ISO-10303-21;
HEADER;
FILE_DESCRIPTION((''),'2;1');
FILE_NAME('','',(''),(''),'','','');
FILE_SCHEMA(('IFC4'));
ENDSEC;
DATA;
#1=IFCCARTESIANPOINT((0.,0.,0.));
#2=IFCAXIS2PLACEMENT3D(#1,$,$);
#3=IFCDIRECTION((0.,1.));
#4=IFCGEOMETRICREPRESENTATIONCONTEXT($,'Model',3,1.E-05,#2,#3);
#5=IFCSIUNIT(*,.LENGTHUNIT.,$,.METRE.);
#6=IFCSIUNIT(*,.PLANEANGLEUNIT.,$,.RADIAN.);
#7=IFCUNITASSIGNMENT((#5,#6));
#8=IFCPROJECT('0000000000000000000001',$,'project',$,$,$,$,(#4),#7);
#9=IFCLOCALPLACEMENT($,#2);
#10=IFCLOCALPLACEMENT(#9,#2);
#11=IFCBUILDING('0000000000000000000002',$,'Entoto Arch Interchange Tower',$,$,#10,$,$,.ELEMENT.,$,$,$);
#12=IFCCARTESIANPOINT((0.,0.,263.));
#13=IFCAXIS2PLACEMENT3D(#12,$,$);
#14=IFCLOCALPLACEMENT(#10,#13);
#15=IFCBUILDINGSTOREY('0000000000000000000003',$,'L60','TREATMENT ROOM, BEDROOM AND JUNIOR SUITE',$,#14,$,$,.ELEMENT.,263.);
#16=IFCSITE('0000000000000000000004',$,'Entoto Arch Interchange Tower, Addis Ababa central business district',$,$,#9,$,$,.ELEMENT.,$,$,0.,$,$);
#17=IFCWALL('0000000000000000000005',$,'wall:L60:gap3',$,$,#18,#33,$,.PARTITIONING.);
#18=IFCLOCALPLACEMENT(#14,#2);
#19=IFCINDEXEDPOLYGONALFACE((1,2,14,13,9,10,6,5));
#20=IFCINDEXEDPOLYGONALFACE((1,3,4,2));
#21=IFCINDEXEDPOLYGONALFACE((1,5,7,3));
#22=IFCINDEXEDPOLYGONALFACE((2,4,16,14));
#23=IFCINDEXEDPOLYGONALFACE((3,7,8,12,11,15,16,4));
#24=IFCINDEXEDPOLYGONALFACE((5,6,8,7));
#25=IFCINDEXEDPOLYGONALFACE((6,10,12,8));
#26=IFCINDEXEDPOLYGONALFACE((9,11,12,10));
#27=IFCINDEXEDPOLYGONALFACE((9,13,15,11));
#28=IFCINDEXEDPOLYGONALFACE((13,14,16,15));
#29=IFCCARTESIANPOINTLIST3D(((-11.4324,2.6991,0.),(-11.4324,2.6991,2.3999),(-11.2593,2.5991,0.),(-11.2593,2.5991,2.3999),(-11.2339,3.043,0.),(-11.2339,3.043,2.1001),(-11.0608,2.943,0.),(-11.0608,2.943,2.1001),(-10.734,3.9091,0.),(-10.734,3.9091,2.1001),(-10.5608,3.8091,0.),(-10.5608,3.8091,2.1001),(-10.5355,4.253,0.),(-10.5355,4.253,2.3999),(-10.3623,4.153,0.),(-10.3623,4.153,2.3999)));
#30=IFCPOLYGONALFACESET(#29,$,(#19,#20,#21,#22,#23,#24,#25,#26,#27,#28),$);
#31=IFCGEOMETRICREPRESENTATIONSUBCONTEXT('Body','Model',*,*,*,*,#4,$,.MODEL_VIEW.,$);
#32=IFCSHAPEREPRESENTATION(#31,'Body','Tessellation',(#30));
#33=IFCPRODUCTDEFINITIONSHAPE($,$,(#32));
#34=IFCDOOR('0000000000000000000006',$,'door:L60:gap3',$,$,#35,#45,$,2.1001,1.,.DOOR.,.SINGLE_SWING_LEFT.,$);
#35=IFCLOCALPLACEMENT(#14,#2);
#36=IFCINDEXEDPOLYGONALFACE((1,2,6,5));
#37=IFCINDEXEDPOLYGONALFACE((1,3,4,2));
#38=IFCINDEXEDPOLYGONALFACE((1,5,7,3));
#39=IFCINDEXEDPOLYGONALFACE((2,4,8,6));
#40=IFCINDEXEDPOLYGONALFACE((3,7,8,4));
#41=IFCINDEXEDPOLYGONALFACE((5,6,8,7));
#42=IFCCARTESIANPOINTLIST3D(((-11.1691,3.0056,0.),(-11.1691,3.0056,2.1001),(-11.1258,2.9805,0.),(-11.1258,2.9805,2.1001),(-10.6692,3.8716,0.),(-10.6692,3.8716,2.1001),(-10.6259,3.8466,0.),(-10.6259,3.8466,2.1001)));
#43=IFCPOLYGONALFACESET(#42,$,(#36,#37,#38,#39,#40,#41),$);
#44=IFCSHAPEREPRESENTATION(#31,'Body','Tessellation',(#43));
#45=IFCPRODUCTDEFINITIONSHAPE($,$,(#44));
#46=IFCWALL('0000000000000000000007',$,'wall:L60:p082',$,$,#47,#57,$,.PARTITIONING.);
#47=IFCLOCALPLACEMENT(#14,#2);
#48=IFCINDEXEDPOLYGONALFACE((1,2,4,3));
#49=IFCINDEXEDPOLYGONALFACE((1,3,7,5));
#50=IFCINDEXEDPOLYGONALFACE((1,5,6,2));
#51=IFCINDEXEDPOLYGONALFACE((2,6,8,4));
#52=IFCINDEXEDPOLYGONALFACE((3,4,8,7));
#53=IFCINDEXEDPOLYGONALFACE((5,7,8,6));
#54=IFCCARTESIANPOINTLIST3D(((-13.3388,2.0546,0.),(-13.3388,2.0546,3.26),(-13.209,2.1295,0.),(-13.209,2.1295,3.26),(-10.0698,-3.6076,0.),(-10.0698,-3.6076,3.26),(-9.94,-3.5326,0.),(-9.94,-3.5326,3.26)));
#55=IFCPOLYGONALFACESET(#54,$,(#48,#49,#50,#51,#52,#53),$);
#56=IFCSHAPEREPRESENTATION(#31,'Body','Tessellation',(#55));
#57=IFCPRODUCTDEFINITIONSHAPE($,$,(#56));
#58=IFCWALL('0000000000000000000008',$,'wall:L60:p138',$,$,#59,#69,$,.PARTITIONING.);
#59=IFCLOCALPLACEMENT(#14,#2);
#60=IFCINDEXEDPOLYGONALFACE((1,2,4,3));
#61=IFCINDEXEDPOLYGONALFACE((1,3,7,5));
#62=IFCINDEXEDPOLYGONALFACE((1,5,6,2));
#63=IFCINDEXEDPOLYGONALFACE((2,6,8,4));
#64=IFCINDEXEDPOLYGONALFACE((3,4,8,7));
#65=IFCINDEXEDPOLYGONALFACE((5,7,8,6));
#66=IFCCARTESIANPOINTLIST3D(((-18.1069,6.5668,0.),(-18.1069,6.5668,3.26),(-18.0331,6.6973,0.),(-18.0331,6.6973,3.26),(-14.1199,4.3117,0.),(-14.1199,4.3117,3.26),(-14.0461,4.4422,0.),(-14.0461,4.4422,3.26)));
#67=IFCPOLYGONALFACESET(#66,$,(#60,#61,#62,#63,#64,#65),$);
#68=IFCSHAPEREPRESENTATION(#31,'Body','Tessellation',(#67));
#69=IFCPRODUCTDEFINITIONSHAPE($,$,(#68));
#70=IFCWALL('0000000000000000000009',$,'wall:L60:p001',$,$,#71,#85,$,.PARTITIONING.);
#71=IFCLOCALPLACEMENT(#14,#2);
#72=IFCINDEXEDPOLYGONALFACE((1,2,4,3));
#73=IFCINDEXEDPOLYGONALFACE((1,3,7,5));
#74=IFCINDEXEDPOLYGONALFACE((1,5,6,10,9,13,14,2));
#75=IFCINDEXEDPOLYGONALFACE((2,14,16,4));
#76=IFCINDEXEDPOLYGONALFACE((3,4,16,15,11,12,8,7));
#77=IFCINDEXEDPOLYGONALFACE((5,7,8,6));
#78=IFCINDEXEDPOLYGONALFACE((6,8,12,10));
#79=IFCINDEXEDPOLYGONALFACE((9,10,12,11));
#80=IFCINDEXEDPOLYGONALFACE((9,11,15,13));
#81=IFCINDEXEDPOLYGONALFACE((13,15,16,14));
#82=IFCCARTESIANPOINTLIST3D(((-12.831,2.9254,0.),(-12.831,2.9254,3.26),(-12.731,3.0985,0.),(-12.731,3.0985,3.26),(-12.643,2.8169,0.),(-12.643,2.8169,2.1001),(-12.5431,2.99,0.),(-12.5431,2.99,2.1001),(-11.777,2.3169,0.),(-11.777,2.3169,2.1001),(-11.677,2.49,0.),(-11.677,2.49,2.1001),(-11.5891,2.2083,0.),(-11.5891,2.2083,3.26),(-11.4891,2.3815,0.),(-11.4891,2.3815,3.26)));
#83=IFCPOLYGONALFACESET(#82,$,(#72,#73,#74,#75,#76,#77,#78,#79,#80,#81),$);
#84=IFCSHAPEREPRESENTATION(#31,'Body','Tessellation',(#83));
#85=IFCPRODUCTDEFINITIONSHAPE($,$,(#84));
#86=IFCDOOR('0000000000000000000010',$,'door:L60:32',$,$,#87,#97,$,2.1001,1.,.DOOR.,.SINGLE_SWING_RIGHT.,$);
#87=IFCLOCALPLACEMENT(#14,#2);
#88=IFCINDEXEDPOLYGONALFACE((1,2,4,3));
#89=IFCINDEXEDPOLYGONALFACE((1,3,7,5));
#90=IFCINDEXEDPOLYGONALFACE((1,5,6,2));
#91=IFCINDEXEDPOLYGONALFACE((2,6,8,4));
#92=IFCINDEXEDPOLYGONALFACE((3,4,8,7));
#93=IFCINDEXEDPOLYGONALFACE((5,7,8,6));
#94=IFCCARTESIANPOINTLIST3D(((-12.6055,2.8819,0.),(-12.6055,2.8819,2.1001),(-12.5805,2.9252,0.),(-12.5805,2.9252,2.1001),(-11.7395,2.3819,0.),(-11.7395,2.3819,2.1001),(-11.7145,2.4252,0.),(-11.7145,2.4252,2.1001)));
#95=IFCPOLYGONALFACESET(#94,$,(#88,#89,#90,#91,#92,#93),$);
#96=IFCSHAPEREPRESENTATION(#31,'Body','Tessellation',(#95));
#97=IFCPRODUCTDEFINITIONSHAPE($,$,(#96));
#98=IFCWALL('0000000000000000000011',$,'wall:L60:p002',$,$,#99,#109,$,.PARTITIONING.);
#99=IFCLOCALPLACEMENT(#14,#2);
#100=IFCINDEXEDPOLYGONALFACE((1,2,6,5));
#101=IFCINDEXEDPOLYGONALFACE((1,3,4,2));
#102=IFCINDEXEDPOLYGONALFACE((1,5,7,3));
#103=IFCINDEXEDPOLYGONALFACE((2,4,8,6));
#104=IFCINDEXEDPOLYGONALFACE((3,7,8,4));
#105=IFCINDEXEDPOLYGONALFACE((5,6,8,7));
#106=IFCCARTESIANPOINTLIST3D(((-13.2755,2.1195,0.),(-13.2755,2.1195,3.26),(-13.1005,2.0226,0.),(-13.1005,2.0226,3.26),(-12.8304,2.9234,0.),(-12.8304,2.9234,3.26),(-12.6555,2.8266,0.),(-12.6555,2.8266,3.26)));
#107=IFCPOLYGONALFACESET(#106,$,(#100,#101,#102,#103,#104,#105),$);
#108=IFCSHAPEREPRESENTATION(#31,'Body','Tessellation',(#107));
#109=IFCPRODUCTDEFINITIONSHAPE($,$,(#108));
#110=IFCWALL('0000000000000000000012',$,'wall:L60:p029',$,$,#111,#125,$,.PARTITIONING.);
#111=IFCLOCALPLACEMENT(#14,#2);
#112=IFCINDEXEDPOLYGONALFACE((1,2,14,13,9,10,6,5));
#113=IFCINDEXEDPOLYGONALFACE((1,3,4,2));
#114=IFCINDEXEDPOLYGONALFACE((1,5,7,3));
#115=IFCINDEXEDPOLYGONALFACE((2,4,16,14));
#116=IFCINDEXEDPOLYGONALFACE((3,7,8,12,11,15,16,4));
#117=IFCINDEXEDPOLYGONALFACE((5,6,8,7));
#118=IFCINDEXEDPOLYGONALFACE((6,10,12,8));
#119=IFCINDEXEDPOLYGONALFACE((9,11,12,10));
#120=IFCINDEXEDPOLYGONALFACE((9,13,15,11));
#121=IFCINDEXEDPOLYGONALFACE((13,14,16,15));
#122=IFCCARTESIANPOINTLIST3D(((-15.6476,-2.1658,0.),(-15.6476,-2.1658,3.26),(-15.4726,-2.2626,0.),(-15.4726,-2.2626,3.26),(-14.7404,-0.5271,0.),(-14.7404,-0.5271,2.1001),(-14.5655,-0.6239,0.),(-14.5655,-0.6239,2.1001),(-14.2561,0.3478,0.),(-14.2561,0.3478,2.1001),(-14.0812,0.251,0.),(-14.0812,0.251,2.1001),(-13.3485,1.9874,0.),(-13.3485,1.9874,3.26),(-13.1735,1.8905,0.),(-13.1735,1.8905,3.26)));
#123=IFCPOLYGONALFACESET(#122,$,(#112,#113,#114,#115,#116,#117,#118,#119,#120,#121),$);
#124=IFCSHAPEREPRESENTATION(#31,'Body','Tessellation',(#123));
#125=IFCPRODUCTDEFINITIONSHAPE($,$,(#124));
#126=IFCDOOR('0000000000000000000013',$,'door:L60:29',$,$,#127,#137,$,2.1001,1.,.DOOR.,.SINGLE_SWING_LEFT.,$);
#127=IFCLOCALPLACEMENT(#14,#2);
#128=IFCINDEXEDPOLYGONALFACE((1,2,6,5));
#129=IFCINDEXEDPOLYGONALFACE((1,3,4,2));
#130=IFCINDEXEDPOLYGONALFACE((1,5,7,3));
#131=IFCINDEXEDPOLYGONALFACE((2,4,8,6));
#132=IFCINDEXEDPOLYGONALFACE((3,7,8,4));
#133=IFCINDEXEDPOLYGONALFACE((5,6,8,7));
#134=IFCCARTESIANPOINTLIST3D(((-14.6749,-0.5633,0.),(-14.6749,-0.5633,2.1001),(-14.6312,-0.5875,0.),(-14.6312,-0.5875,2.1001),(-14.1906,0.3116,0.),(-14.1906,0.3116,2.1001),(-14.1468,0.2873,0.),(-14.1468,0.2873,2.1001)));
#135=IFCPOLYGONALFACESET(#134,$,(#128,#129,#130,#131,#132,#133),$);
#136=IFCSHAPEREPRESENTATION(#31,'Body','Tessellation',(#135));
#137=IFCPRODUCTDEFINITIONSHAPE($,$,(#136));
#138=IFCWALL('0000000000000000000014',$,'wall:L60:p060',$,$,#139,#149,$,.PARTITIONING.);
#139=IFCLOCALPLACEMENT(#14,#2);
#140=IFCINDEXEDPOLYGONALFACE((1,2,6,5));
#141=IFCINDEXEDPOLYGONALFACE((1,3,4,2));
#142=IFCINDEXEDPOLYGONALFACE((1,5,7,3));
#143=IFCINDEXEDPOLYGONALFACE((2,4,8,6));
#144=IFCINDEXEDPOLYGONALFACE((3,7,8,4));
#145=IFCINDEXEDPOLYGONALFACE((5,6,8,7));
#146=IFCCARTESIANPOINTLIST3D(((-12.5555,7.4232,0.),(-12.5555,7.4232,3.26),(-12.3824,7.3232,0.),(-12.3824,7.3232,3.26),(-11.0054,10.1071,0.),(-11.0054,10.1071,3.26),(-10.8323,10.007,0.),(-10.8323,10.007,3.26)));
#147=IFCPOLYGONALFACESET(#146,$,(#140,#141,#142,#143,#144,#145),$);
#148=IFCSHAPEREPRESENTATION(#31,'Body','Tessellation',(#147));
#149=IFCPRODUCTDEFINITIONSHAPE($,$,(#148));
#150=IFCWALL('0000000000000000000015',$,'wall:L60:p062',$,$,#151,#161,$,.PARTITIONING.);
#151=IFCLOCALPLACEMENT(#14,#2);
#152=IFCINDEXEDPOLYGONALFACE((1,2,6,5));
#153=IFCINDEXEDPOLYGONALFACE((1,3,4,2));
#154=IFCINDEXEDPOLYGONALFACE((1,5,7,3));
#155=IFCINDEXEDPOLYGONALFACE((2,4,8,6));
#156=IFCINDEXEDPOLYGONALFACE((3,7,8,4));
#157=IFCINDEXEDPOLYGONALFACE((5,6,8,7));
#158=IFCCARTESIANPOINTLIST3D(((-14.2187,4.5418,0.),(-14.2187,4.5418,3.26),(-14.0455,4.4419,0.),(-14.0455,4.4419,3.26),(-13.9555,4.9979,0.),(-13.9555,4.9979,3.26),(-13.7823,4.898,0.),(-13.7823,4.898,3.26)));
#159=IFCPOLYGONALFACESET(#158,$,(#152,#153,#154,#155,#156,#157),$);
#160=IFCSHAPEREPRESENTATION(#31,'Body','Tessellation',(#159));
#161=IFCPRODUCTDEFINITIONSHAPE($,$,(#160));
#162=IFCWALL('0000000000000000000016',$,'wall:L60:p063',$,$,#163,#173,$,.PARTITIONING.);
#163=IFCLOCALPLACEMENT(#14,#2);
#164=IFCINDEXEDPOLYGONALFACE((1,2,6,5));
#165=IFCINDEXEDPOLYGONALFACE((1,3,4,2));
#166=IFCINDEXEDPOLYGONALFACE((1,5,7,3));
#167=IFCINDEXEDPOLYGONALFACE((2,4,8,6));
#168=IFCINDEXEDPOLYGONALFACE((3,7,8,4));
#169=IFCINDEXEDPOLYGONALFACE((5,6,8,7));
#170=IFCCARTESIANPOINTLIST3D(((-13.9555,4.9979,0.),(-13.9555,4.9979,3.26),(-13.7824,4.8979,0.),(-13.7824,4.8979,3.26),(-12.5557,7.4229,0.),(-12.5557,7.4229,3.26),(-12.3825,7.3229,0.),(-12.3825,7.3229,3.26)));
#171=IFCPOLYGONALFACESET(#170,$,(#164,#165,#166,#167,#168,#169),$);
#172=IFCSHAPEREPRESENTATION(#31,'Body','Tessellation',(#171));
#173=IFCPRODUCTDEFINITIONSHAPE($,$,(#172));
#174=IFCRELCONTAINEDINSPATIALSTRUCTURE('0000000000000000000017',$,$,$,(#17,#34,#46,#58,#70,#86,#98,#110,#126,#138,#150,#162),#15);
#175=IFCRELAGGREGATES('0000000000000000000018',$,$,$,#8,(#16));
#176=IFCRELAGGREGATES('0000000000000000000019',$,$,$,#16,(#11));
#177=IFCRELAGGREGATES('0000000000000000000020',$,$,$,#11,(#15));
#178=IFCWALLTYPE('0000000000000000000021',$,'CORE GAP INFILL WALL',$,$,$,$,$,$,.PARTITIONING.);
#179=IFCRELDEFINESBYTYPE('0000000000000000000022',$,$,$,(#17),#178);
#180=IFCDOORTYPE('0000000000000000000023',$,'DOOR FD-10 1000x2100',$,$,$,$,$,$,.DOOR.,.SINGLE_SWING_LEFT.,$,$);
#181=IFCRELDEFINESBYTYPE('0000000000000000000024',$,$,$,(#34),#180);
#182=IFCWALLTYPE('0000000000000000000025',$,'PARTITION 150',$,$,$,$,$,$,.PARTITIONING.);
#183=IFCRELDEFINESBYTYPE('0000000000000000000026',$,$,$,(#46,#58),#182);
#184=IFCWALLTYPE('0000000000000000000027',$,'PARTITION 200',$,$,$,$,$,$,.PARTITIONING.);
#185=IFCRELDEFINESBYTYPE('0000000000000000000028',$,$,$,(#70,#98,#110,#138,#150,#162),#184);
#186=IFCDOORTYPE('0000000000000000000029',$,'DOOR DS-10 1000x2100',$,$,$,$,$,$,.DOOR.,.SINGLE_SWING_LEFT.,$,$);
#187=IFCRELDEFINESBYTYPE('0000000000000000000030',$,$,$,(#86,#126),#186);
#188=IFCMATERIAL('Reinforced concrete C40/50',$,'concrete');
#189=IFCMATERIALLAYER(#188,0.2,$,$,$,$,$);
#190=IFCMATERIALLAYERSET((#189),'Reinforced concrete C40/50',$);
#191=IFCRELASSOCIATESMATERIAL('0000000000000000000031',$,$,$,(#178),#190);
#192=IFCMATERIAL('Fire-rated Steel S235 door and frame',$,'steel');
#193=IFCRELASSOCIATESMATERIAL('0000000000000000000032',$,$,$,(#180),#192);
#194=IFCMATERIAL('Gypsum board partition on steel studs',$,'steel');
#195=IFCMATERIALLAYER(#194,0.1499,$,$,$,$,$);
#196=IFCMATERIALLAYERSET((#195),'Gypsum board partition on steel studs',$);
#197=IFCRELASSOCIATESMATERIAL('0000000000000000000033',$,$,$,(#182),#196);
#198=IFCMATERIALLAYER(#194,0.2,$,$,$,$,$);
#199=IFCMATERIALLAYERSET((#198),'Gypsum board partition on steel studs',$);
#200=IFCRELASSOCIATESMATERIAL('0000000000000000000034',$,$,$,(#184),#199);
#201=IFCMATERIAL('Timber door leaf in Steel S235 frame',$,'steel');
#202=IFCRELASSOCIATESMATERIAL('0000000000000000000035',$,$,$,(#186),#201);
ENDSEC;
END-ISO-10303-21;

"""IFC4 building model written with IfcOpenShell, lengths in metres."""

from ifc_helpers import new_model, si_unit, direction, frame, frame_2d, origin, place, context, subcontext, project, spatial, rectangle, extrude, material, layer, layer_set, type_object, element, fill, save


model = new_model("IFC4")

# Units and contexts
model_context = context("Model", 3, precision=1e-05, world=origin(), true_north=direction((0.0, 1.0)))
body_context = subcontext(model_context, "Body", "Model", "MODEL_VIEW")
ifc_project = project(units=[si_unit("LENGTHUNIT", "METRE"), si_unit("PLANEANGLEUNIT", "RADIAN")], contexts=[model_context])

# Site, building, storey
site_placement = place(None, origin())
site = spatial("IfcSite", under=ifc_project, at=site_placement, Name="Entoto Arch Interchange Tower, Addis Ababa central business district", CompositionType="ELEMENT", RefElevation=0.0)
building_placement = place(site_placement, origin())
building = spatial("IfcBuilding", under=site, at=building_placement, Name="Entoto Arch Interchange Tower", CompositionType="ELEMENT")
storey_placement = place(building_placement, frame((0.0, 0.0, 263.0)))
storey = spatial("IfcBuildingStorey", under=building, at=storey_placement, Name="L60", Description="TREATMENT ROOM, BEDROOM AND JUNIOR SUITE", CompositionType="ELEMENT", Elevation=263.0)

# Wall, opening, door
ifc_material_1 = material(Name="Reinforced concrete C40/50", Category="concrete")
ifc_layer_1 = layer(ifc_material_1, 0.2)
ifc_layer_set_1 = layer_set([ifc_layer_1], Name="Reinforced concrete C40/50")
wall_type_1 = type_object("IfcWallType", Name="CORE GAP INFILL WALL", PredefinedType="PARTITIONING", material=ifc_layer_set_1)
wall_1_placement = place(storey_placement, frame((-10.449, 4.2029, 0.0), z_axis=(0.0, 0.0, 1.0), x_axis=(-0.499915, -0.866075, 0.0)))
wall_1 = element("IfcWall", 1, at=wall_1_placement, inside=storey, type_object=wall_type_1, Name="wall:L60:gap3", PredefinedType="PARTITIONING", context=body_context, shape_type="SweptSolid", body=[
    extrude(rectangle(XDim=1.7942, YDim=0.2, at=frame_2d((0.897, 0.0))), origin(), (0.0, 0.0, 1.0), 2.3999),
])
opening_1_placement = place(wall_1_placement, frame((0.397, 0.0, 0.0)))
opening_1 = element("IfcOpeningElement", 2, at=opening_1_placement, cuts=wall_1, PredefinedType="OPENING", context=body_context, shape_type="SweptSolid", body=[
    extrude(rectangle(XDim=1.0, YDim=2.1001, at=frame_2d((0.5, 1.05))), frame((0.0, 0.1099, 0.0), z_axis=(0.0, -1.0, 0.0), x_axis=(1.0, 0.0, 0.0)), (0.0, 0.0, 1.0), 0.22),
])
ifc_material_2 = material(Name="Fire-rated Steel S235 door and frame", Category="steel")
door_type_1 = type_object("IfcDoorType", Name="DOOR FD-10 1000x2100", OperationType="SINGLE_SWING_LEFT", PredefinedType="DOOR", material=ifc_material_2)
door_1_placement = place(opening_1_placement, origin())
door_1 = element("IfcDoor", 3, at=door_1_placement, inside=storey, type_object=door_type_1, Name="door:L60:gap3", OperationType="SINGLE_SWING_LEFT", OverallHeight=2.1001, OverallWidth=1.0, PredefinedType="DOOR", context=body_context, shape_type="SweptSolid", body=[
    extrude(rectangle(XDim=1.0, YDim=2.1001, at=frame_2d((0.5, 1.05))), frame((0.0, 0.0249, 0.0), z_axis=(0.0, -1.0, 0.0), x_axis=(1.0, 0.0, 0.0)), (0.0, 0.0, 1.0), 0.05),
])
fill(opening_1, door_1)

# Walls
ifc_material_3 = material(Name="Gypsum board partition on steel studs", Category="steel")
ifc_layer_2 = layer(ifc_material_3, 0.1499)
ifc_layer_set_2 = layer_set([ifc_layer_2], Name="Gypsum board partition on steel studs")
wall_type_2 = type_object("IfcWallType", Name="PARTITION 150", PredefinedType="PARTITIONING", material=ifc_layer_set_2)
wall_2_placement = place(storey_placement, frame((-13.2739, 2.092, 0.0), z_axis=(0.0, 0.0, 1.0), x_axis=(0.500003, -0.866024, 0.0)))
element("IfcWall", 4, at=wall_2_placement, inside=storey, type_object=wall_type_2, Name="wall:L60:p082", PredefinedType="PARTITIONING", context=body_context, shape_type="SweptSolid", body=[
    extrude(rectangle(XDim=6.5381, YDim=0.1499, at=frame_2d((3.269, 0.0))), origin(), (0.0, 0.0, 1.0), 3.26),
])
wall_3_placement = place(storey_placement, frame((-14.083, 4.377, 0.0), z_axis=(0.0, 0.0, 1.0), x_axis=(-0.870416, 0.492317, 0.0)))
element("IfcWall", 5, at=wall_3_placement, inside=storey, type_object=wall_type_2, Name="wall:L60:p138", PredefinedType="PARTITIONING", context=body_context, shape_type="SweptSolid", body=[
    extrude(rectangle(XDim=4.5806, YDim=0.1499, at=frame_2d((2.2903, 0.0))), origin(), (0.0, 0.0, 1.0), 3.26),
])

# Wall, opening, door
ifc_layer_3 = layer(ifc_material_3, 0.2)
ifc_layer_set_3 = layer_set([ifc_layer_3], Name="Gypsum board partition on steel studs")
wall_type_3 = type_object("IfcWallType", Name="PARTITION 200", PredefinedType="PARTITIONING", material=ifc_layer_set_3)
wall_4_placement = place(storey_placement, frame((-11.5391, 2.2949, 0.0), z_axis=(0.0, 0.0, 1.0), x_axis=(-0.866024, 0.500002, 0.0)))
wall_4 = element("IfcWall", 6, at=wall_4_placement, inside=storey, type_object=wall_type_3, Name="wall:L60:p001", PredefinedType="PARTITIONING", context=body_context, shape_type="SweptSolid", body=[
    extrude(rectangle(XDim=1.4341, YDim=0.2, at=frame_2d((0.717, 0.0))), origin(), (0.0, 0.0, 1.0), 3.26),
])
opening_2_placement = place(wall_4_placement, frame((0.217, 0.0, 0.0)))
opening_2 = element("IfcOpeningElement", 7, at=opening_2_placement, cuts=wall_4, PredefinedType="OPENING", context=body_context, shape_type="SweptSolid", body=[
    extrude(rectangle(XDim=1.0, YDim=2.1001, at=frame_2d((0.5, 1.05))), frame((0.0, 0.1099, 0.0), z_axis=(0.0, -1.0, 0.0), x_axis=(1.0, 0.0, 0.0)), (0.0, 0.0, 1.0), 0.22),
])
ifc_material_4 = material(Name="Timber door leaf in Steel S235 frame", Category="steel")
door_type_2 = type_object("IfcDoorType", Name="DOOR DS-10 1000x2100", OperationType="SINGLE_SWING_LEFT", PredefinedType="DOOR", material=ifc_material_4)
door_2_placement = place(opening_2_placement, origin())
door_2 = element("IfcDoor", 8, at=door_2_placement, inside=storey, type_object=door_type_2, Name="door:L60:32", OperationType="SINGLE_SWING_RIGHT", OverallHeight=2.1001, OverallWidth=1.0, PredefinedType="DOOR", context=body_context, shape_type="SweptSolid", body=[
    extrude(rectangle(XDim=1.0, YDim=2.1001, at=frame_2d((0.5, 1.05))), frame((0.0, 0.0249, 0.0), z_axis=(0.0, -1.0, 0.0), x_axis=(1.0, 0.0, 0.0)), (0.0, 0.0, 1.0), 0.05),
])
fill(opening_2, door_2)

# Wall
wall_5_placement = place(storey_placement, frame((-12.7429, 2.875, 0.0), z_axis=(0.0, 0.0, 1.0), x_axis=(-0.484334, -0.874883, 0.0)))
element("IfcWall", 9, at=wall_5_placement, inside=storey, type_object=wall_type_3, Name="wall:L60:p002", PredefinedType="PARTITIONING", context=body_context, shape_type="SweptSolid", body=[
    extrude(rectangle(XDim=0.9189, YDim=0.2, at=frame_2d((0.4595, 0.0))), origin(), (0.0, 0.0, 1.0), 3.26),
])

# Wall, opening, door
wall_6_placement = place(storey_placement, frame((-13.261, 1.939, 0.0), z_axis=(0.0, 0.0, 1.0), x_axis=(-0.484324, -0.874889, 0.0)))
wall_6 = element("IfcWall", 10, at=wall_6_placement, inside=storey, type_object=wall_type_3, Name="wall:L60:p029", PredefinedType="PARTITIONING", context=body_context, shape_type="SweptSolid", body=[
    extrude(rectangle(XDim=4.7471, YDim=0.2, at=frame_2d((2.3735, 0.0))), origin(), (0.0, 0.0, 1.0), 3.26),
])
opening_3_placement = place(wall_6_placement, frame((1.874, 0.0, 0.0)))
opening_3 = element("IfcOpeningElement", 11, at=opening_3_placement, cuts=wall_6, PredefinedType="OPENING", context=body_context, shape_type="SweptSolid", body=[
    extrude(rectangle(XDim=1.0, YDim=2.1001, at=frame_2d((0.5, 1.05))), frame((0.0, 0.1099, 0.0), z_axis=(0.0, -1.0, 0.0), x_axis=(1.0, 0.0, 0.0)), (0.0, 0.0, 1.0), 0.22),
])
door_3_placement = place(opening_3_placement, origin())
door_3 = element("IfcDoor", 12, at=door_3_placement, inside=storey, type_object=door_type_2, Name="door:L60:29", OperationType="SINGLE_SWING_LEFT", OverallHeight=2.1001, OverallWidth=1.0, PredefinedType="DOOR", context=body_context, shape_type="SweptSolid", body=[
    extrude(rectangle(XDim=1.0, YDim=2.1001, at=frame_2d((0.5, 1.05))), frame((0.0, 0.0249, 0.0), z_axis=(0.0, -1.0, 0.0), x_axis=(1.0, 0.0, 0.0)), (0.0, 0.0, 1.0), 0.05),
])
fill(opening_3, door_3)

# Walls
wall_7_placement = place(storey_placement, frame((-12.469, 7.373, 0.0), z_axis=(0.0, 0.0, 1.0), x_axis=(0.500129, 0.865951, 0.0)))
element("IfcWall", 13, at=wall_7_placement, inside=storey, type_object=wall_type_3, Name="wall:L60:p060", PredefinedType="PARTITIONING", context=body_context, shape_type="SweptSolid", body=[
    extrude(rectangle(XDim=3.0994, YDim=0.2, at=frame_2d((1.5498, 0.0))), origin(), (0.0, 0.0, 1.0), 3.26),
])
wall_8_placement = place(storey_placement, frame((-14.1321, 4.4919, 0.0), z_axis=(0.0, 0.0, 1.0), x_axis=(0.499829, 0.866124, 0.0)))
element("IfcWall", 14, at=wall_8_placement, inside=storey, type_object=wall_type_3, Name="wall:L60:p062", PredefinedType="PARTITIONING", context=body_context, shape_type="SweptSolid", body=[
    extrude(rectangle(XDim=0.5266, YDim=0.2, at=frame_2d((0.2632, 0.0))), origin(), (0.0, 0.0, 1.0), 3.26),
])
wall_9_placement = place(storey_placement, frame((-13.8689, 4.948, 0.0), z_axis=(0.0, 0.0, 1.0), x_axis=(0.499946, 0.866056, 0.0)))
element("IfcWall", 15, at=wall_9_placement, inside=storey, type_object=wall_type_3, Name="wall:L60:p063", PredefinedType="PARTITIONING", context=body_context, shape_type="SweptSolid", body=[
    extrude(rectangle(XDim=2.8, YDim=0.2, at=frame_2d((1.3999, 0.0))), origin(), (0.0, 0.0, 1.0), 3.26),
])

save(model, "model.ifc")
